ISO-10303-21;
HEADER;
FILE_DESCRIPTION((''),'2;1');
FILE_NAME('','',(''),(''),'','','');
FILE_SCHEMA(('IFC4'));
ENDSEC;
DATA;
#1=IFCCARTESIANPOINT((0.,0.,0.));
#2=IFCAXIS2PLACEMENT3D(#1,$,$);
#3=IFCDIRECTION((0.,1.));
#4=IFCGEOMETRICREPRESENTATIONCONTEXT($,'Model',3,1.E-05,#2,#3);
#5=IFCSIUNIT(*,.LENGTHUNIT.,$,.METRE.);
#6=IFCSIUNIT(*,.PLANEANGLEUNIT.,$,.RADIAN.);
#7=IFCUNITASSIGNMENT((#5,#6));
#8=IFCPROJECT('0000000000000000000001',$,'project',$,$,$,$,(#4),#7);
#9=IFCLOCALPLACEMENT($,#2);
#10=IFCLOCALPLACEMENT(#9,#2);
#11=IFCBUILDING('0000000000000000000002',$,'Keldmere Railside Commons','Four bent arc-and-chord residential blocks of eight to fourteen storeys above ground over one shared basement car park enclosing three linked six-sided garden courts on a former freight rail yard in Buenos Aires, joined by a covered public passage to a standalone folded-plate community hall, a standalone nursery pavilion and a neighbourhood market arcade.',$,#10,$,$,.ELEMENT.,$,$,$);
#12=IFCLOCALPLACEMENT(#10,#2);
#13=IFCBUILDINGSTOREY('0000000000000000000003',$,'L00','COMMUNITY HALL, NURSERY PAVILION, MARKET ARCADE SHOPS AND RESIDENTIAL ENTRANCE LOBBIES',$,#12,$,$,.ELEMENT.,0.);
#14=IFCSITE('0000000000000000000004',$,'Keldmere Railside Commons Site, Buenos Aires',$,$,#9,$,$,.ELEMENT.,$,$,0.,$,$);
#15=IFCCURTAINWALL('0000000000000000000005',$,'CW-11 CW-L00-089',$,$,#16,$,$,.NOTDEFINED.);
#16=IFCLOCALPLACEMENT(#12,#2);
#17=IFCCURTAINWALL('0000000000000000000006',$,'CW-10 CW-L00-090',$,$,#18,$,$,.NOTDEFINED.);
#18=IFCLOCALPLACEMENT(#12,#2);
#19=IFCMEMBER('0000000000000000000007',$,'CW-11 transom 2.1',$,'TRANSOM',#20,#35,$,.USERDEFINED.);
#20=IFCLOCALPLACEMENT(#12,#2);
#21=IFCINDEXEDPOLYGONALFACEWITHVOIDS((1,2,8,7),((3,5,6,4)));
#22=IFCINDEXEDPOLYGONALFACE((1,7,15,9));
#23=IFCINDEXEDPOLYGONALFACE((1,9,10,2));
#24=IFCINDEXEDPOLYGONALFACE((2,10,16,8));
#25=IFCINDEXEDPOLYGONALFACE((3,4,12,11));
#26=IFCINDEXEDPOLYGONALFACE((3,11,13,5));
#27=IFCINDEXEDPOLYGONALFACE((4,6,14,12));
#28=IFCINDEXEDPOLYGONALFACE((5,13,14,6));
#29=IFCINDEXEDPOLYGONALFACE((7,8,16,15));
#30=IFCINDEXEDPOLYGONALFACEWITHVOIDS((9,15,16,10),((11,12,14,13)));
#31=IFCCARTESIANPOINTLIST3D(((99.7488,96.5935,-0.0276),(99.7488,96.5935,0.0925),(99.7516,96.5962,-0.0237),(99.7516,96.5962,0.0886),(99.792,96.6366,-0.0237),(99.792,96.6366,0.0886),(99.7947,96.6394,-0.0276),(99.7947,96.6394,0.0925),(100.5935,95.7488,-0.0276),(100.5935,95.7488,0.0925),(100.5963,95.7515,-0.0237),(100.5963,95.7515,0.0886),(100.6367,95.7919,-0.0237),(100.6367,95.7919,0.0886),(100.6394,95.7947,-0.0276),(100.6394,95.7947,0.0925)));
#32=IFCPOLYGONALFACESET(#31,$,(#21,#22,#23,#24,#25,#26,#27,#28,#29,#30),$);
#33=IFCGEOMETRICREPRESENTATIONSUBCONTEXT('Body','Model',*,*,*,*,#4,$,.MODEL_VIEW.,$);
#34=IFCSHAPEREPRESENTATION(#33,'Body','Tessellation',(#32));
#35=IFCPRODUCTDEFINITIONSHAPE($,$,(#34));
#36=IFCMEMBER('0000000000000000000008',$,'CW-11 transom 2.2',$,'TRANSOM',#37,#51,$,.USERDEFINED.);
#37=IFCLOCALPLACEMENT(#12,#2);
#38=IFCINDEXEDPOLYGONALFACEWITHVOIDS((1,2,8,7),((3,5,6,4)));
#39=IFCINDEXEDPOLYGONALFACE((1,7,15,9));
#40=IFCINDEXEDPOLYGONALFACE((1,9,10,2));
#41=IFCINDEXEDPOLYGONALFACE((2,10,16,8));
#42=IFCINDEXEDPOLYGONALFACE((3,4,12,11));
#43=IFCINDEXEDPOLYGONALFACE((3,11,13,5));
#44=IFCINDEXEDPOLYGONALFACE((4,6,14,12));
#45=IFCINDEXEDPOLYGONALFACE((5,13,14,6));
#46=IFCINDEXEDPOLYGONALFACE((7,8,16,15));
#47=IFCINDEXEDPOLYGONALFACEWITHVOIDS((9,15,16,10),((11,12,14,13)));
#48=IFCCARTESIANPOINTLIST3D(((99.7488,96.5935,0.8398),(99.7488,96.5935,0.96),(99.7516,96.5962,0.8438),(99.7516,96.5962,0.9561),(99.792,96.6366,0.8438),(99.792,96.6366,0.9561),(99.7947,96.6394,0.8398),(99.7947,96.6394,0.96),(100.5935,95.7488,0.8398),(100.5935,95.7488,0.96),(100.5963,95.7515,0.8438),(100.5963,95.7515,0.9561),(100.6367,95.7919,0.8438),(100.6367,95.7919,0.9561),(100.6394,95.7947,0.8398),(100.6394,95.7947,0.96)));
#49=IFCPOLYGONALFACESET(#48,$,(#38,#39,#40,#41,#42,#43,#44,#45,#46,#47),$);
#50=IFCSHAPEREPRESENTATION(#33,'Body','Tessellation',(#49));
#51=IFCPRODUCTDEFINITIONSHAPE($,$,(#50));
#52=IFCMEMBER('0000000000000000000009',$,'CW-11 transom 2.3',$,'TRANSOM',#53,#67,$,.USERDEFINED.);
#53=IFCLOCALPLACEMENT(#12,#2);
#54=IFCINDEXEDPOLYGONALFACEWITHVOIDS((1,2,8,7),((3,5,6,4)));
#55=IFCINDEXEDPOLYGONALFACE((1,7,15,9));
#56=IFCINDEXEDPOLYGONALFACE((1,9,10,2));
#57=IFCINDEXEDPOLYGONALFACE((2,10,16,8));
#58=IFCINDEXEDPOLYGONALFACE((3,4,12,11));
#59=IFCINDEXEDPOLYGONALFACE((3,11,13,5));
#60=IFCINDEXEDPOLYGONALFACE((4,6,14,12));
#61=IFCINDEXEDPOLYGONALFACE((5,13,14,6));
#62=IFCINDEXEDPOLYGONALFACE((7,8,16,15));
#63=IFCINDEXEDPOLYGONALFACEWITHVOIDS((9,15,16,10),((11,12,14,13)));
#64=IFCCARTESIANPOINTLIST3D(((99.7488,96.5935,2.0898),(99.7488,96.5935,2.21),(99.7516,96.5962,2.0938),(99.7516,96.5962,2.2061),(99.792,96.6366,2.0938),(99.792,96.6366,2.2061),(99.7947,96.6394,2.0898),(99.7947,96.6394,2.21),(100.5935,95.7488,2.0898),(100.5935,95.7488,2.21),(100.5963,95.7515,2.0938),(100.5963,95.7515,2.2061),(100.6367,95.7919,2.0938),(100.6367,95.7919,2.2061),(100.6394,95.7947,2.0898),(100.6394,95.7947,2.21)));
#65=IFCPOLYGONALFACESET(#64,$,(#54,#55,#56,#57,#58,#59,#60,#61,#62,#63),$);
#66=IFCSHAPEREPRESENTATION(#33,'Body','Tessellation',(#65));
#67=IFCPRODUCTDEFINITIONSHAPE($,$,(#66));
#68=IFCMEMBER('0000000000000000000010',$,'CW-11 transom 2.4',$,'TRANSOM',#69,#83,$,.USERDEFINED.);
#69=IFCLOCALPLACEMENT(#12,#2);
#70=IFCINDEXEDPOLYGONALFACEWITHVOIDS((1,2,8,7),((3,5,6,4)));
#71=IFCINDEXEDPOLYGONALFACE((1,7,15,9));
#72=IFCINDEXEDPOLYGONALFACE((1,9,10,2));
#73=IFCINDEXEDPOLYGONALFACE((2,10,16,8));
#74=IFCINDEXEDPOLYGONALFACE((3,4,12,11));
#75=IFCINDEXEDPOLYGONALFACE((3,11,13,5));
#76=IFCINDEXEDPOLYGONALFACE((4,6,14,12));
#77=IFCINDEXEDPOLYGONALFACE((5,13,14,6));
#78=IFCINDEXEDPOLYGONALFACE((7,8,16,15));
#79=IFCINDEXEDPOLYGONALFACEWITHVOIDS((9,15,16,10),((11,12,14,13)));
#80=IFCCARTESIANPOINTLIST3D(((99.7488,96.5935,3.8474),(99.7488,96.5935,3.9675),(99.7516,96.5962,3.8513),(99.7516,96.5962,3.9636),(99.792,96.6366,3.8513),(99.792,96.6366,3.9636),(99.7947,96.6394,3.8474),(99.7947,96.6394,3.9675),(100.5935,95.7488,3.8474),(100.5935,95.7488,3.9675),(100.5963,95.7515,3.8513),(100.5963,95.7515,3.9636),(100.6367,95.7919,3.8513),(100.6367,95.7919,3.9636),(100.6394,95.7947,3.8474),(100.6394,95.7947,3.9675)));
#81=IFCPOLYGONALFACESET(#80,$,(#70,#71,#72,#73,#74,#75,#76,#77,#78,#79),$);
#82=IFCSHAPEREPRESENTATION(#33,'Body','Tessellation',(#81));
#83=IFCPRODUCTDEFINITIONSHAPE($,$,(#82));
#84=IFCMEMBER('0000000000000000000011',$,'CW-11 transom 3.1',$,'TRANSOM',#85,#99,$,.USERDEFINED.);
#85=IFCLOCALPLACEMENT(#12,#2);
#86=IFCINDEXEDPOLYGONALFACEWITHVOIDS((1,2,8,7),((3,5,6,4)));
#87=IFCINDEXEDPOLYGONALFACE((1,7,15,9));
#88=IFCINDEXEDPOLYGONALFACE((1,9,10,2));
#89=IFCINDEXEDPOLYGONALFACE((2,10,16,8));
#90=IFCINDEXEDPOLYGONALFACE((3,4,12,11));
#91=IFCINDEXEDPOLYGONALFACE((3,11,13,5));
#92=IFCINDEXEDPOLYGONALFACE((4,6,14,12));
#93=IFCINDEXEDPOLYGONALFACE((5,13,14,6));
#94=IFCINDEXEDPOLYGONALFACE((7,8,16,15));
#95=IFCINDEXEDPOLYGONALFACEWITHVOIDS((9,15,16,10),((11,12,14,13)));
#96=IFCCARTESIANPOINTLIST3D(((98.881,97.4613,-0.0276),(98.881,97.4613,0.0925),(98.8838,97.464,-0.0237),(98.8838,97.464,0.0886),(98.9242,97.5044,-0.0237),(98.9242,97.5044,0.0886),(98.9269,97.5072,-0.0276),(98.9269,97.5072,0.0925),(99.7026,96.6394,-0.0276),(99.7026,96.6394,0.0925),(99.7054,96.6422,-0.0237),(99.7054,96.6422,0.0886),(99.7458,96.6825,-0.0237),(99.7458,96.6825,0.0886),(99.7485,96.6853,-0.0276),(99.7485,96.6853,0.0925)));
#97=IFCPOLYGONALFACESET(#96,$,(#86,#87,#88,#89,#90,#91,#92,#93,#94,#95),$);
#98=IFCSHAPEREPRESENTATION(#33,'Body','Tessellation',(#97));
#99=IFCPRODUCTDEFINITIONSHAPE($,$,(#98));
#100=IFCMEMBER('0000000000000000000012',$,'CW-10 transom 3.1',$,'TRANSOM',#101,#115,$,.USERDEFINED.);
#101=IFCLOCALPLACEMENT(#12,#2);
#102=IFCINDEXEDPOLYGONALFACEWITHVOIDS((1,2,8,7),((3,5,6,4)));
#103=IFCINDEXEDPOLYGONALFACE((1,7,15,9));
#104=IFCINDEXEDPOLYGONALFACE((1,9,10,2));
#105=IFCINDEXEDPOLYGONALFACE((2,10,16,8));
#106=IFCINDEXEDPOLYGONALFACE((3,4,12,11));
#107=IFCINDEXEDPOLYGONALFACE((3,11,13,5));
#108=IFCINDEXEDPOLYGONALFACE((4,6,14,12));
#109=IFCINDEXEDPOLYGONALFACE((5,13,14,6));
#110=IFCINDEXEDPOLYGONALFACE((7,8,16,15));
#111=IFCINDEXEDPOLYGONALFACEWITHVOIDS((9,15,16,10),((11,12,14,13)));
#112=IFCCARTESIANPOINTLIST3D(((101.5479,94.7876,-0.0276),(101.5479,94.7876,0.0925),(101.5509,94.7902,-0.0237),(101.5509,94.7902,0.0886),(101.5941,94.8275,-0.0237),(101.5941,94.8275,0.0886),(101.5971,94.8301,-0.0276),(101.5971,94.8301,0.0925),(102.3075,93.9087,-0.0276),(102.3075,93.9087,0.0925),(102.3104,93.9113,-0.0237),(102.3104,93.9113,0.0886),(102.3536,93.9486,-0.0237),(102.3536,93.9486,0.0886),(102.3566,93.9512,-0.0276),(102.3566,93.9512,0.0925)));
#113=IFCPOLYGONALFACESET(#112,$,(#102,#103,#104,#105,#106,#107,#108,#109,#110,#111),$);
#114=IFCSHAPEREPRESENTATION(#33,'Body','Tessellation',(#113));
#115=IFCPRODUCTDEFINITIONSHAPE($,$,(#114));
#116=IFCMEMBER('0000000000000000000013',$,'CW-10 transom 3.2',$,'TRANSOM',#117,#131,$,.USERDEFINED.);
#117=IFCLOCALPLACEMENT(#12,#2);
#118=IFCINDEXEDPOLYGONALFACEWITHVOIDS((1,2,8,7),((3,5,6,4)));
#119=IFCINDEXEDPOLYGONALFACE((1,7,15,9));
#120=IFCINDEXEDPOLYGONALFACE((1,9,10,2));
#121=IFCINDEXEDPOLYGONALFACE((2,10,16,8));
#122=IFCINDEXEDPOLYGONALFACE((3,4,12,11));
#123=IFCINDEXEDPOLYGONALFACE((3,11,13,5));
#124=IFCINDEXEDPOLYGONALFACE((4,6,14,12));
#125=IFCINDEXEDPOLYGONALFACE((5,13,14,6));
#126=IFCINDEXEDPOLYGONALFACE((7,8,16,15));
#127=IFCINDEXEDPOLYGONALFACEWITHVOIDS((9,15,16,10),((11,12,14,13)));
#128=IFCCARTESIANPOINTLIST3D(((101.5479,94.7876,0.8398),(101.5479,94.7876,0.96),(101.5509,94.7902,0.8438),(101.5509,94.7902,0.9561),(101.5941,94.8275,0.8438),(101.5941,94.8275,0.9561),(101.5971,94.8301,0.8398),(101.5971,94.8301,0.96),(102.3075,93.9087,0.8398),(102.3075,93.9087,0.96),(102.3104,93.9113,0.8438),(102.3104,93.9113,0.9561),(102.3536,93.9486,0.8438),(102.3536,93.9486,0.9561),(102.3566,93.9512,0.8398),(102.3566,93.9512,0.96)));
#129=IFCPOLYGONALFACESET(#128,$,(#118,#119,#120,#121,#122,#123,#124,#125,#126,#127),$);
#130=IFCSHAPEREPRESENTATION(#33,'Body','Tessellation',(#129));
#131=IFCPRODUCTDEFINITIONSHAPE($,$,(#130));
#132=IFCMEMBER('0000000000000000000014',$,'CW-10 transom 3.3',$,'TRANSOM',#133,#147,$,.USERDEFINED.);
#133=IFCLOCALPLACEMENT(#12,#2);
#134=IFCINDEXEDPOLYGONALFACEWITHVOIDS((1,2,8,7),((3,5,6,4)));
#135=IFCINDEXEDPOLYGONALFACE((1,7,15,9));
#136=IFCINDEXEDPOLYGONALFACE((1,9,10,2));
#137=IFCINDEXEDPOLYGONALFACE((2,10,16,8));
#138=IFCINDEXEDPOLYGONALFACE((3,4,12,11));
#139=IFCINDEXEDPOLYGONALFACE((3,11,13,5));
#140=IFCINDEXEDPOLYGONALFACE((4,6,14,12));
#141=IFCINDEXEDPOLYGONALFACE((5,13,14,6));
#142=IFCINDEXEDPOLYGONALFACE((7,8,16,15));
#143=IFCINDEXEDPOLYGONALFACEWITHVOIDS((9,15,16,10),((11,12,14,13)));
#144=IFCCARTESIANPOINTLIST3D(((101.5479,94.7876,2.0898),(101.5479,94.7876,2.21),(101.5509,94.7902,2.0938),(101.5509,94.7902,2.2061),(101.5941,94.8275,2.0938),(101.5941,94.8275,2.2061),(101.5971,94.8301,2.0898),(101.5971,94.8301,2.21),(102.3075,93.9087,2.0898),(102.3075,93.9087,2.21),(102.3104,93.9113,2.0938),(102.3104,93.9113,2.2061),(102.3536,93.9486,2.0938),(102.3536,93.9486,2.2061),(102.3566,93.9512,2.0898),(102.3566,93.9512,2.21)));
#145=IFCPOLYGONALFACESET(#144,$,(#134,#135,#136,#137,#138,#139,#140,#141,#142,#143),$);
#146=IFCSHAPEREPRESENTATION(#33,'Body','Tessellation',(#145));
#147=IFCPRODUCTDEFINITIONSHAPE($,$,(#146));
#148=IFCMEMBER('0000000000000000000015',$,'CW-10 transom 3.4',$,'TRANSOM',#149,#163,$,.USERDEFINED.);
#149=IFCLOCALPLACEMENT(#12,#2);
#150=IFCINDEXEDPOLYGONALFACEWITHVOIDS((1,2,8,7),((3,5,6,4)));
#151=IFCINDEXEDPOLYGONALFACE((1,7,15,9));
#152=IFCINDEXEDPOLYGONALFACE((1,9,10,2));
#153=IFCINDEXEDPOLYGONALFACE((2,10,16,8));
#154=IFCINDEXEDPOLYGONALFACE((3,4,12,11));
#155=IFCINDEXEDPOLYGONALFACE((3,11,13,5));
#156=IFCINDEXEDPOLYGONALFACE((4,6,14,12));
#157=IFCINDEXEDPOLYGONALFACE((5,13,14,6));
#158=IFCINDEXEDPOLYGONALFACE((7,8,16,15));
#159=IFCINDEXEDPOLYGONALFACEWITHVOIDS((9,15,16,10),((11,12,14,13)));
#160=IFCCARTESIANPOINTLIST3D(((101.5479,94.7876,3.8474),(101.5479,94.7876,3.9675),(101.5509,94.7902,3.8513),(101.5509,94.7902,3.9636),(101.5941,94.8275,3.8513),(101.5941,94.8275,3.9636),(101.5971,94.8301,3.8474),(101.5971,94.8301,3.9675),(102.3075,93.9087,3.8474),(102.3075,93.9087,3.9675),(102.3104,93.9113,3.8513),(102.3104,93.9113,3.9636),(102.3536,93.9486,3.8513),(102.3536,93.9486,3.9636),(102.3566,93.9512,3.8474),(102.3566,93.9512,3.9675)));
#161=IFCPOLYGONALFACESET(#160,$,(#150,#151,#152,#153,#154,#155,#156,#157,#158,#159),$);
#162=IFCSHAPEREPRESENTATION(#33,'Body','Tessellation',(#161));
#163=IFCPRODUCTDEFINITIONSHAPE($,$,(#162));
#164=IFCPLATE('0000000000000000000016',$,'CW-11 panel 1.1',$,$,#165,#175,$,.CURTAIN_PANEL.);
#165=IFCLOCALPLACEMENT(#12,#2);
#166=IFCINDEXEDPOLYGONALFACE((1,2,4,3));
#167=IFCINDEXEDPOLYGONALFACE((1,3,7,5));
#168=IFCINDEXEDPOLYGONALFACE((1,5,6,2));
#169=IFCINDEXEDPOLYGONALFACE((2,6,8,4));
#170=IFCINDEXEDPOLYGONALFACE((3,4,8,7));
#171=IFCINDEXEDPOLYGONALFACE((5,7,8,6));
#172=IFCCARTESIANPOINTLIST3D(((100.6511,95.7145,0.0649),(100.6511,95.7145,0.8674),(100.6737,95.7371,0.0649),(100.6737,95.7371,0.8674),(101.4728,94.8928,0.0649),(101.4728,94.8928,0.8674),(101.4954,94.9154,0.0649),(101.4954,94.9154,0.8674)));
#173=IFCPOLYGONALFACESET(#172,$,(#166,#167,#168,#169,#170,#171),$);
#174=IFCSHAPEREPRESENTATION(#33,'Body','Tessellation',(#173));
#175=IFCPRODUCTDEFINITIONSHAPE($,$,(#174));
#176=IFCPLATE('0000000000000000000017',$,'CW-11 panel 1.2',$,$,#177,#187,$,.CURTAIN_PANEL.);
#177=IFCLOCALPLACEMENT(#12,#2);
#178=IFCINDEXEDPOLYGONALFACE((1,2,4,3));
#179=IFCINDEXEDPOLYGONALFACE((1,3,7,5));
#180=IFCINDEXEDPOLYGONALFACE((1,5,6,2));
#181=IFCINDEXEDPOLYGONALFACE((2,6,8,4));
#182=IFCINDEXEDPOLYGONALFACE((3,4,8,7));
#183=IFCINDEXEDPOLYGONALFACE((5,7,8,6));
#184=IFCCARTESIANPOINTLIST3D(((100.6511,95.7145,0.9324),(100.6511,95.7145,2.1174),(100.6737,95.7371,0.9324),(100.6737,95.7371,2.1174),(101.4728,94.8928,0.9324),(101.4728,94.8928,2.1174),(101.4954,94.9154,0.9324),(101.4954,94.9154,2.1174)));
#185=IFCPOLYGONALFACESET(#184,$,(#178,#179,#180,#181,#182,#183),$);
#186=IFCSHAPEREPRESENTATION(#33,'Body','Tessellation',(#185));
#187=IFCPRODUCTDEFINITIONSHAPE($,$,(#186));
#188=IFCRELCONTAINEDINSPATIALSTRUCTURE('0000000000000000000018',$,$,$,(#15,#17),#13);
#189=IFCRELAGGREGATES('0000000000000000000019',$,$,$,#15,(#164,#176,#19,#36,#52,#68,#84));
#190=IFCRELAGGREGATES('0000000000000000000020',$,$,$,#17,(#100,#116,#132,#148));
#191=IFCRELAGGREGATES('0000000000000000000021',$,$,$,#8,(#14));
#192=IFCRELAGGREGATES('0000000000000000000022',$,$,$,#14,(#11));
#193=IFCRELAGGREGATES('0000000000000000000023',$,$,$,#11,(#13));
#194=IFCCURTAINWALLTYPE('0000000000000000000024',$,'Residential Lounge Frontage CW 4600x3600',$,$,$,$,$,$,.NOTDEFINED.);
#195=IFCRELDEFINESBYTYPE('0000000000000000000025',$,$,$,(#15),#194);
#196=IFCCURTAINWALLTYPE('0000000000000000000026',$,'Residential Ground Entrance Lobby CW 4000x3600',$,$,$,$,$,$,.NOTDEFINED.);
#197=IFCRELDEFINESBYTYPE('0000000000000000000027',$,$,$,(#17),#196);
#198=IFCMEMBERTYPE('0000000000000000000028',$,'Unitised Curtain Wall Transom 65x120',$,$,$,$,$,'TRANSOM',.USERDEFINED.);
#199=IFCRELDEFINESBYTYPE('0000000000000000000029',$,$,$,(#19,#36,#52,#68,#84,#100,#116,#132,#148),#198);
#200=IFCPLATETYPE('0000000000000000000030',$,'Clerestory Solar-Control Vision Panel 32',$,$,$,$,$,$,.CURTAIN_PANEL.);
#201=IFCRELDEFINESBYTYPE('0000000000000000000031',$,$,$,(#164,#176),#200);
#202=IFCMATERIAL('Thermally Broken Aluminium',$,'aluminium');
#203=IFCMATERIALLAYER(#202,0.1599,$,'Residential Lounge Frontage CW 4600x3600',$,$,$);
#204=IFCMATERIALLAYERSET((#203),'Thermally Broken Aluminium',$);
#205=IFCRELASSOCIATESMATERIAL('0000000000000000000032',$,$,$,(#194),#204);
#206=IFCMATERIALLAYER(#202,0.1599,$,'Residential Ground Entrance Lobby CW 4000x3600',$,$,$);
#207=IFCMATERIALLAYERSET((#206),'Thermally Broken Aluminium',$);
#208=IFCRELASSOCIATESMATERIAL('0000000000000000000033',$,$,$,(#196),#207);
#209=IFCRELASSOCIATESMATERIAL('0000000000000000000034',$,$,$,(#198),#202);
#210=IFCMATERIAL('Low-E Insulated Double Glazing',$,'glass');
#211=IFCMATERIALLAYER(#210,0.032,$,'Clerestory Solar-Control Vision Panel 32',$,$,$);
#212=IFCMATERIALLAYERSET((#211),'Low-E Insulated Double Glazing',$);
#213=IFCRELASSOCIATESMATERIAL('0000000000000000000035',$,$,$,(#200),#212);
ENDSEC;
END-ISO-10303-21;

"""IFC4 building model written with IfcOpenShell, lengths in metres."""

from ifc_helpers import new_model, si_unit, direction, frame, origin, origin_2d, place, context, subcontext, project, spatial, rectangle, hollow_rectangle, extrude, material, layer, layer_set, material_profile, profile_set, type_object, element, aggregate, save


model = new_model("IFC4")

# Units and contexts
model_context = context("Model", 3, precision=1e-05, world=origin(), true_north=direction((0.0, 1.0)))
body_context = subcontext(model_context, "Body", "Model", "MODEL_VIEW")
ifc_project = project(units=[si_unit("LENGTHUNIT", "METRE"), si_unit("PLANEANGLEUNIT", "RADIAN")], contexts=[model_context])

# Site, building, storey
site_placement = place(None, origin())
site = spatial("IfcSite", under=ifc_project, at=site_placement, Name="Keldmere Railside Commons Site, Buenos Aires", CompositionType="ELEMENT", RefElevation=0.0)
building_placement = place(site_placement, origin())
building = spatial("IfcBuilding", under=site, at=building_placement, Name="Keldmere Railside Commons", Description="Four bent arc-and-chord residential blocks of eight to fourteen storeys above ground over one shared basement car park enclosing three linked six-sided garden courts on a former freight rail yard in Buenos Aires, joined by a covered public passage to a standalone folded-plate community hall, a standalone nursery pavilion and a neighbourhood market arcade.", CompositionType="ELEMENT")
storey_placement = place(building_placement, origin())
storey = spatial("IfcBuildingStorey", under=building, at=storey_placement, Name="L00", Description="COMMUNITY HALL, NURSERY PAVILION, MARKET ARCADE SHOPS AND RESIDENTIAL ENTRANCE LOBBIES", CompositionType="ELEMENT", Elevation=0.0)

# Curtain walls
ifc_material_1 = material(Name="Thermally Broken Aluminium", Category="aluminium")
ifc_layer_1 = layer(ifc_material_1, 0.1599, Name="Residential Lounge Frontage CW 4600x3600")
ifc_layer_set_1 = layer_set([ifc_layer_1], Name="Thermally Broken Aluminium")
curtain_wall_type_1 = type_object("IfcCurtainWallType", Name="Residential Lounge Frontage CW 4600x3600", PredefinedType="NOTDEFINED", material=ifc_layer_set_1)
curtain_wall_1_placement = place(storey_placement, origin())
curtain_wall_1 = element("IfcCurtainWall", 1, at=curtain_wall_1_placement, inside=storey, type_object=curtain_wall_type_1, Name="CW-11 CW-L00-089", PredefinedType="NOTDEFINED")
ifc_layer_2 = layer(ifc_material_1, 0.1599, Name="Residential Ground Entrance Lobby CW 4000x3600")
ifc_layer_set_2 = layer_set([ifc_layer_2], Name="Thermally Broken Aluminium")
curtain_wall_type_2 = type_object("IfcCurtainWallType", Name="Residential Ground Entrance Lobby CW 4000x3600", PredefinedType="NOTDEFINED", material=ifc_layer_set_2)
curtain_wall_2_placement = place(storey_placement, origin())
curtain_wall_2 = element("IfcCurtainWall", 2, at=curtain_wall_2_placement, inside=storey, type_object=curtain_wall_type_2, Name="CW-10 CW-L00-090", PredefinedType="NOTDEFINED")

# Members
ifc_material_profile_1 = material_profile(ifc_material_1, hollow_rectangle(XDim=0.0649, YDim=0.1201, WallThickness=0.0039, at=origin_2d()), Name="ALU-TRAN-65x120")
ifc_profile_set_1 = profile_set([ifc_material_profile_1], Name="Thermally Broken Aluminium")
member_type_1 = type_object("IfcMemberType", Name="Unitised Curtain Wall Transom 65x120", ElementType="TRANSOM", PredefinedType="USERDEFINED", material=ifc_profile_set_1)
member_1_placement = place(storey_placement, frame((100.6165, 95.7717, 0.0325), z_axis=(-0.707107, 0.707107, 0.0), x_axis=(-0.707107, -0.707107, 0.0)))
member_1 = element("IfcMember", 3, at=member_1_placement, type_object=member_type_1, Name="CW-11 transom 2.1", ObjectType="TRANSOM", PredefinedType="USERDEFINED", context=body_context, shape_type="SweptSolid", body=[
    extrude(hollow_rectangle(XDim=0.0649, YDim=0.1201, WallThickness=0.0039, at=origin_2d()), origin(), (0.0, 0.0, 1.0), 1.1946),
])
member_2_placement = place(storey_placement, frame((100.6165, 95.7717, 0.8999), z_axis=(-0.707107, 0.707107, 0.0), x_axis=(-0.707107, -0.707107, 0.0)))
member_2 = element("IfcMember", 4, at=member_2_placement, type_object=member_type_1, Name="CW-11 transom 2.2", ObjectType="TRANSOM", PredefinedType="USERDEFINED", context=body_context, shape_type="SweptSolid", body=[
    extrude(hollow_rectangle(XDim=0.0649, YDim=0.1201, WallThickness=0.0039, at=origin_2d()), origin(), (0.0, 0.0, 1.0), 1.1946),
])
member_3_placement = place(storey_placement, frame((100.6165, 95.7717, 2.1499), z_axis=(-0.707107, 0.707107, 0.0), x_axis=(-0.707107, -0.707107, 0.0)))
member_3 = element("IfcMember", 5, at=member_3_placement, type_object=member_type_1, Name="CW-11 transom 2.3", ObjectType="TRANSOM", PredefinedType="USERDEFINED", context=body_context, shape_type="SweptSolid", body=[
    extrude(hollow_rectangle(XDim=0.0649, YDim=0.1201, WallThickness=0.0039, at=origin_2d()), origin(), (0.0, 0.0, 1.0), 1.1946),
])
member_4_placement = place(storey_placement, frame((100.6165, 95.7717, 3.9075), z_axis=(-0.707107, 0.707107, 0.0), x_axis=(-0.707107, -0.707107, 0.0)))
member_4 = element("IfcMember", 6, at=member_4_placement, type_object=member_type_1, Name="CW-11 transom 2.4", ObjectType="TRANSOM", PredefinedType="USERDEFINED", context=body_context, shape_type="SweptSolid", body=[
    extrude(hollow_rectangle(XDim=0.0649, YDim=0.1201, WallThickness=0.0039, at=origin_2d()), origin(), (0.0, 0.0, 1.0), 1.1946),
])
member_5_placement = place(storey_placement, frame((99.7256, 96.6624, 0.0325), z_axis=(-0.707002, 0.707212, 0.0), x_axis=(-0.707212, -0.707002, 0.0)))
member_5 = element("IfcMember", 7, at=member_5_placement, type_object=member_type_1, Name="CW-11 transom 3.1", ObjectType="TRANSOM", PredefinedType="USERDEFINED", context=body_context, shape_type="SweptSolid", body=[
    extrude(hollow_rectangle(XDim=0.0649, YDim=0.1201, WallThickness=0.0039, at=origin_2d()), origin(), (0.0, 0.0, 1.0), 1.1621),
])
member_6_placement = place(storey_placement, frame((102.332, 93.9299, 0.0325), z_axis=(-0.65385, 0.756624, 0.0), x_axis=(-0.756624, -0.65385, 0.0)))
member_6 = element("IfcMember", 8, at=member_6_placement, type_object=member_type_1, Name="CW-10 transom 3.1", ObjectType="TRANSOM", PredefinedType="USERDEFINED", context=body_context, shape_type="SweptSolid", body=[
    extrude(hollow_rectangle(XDim=0.0649, YDim=0.1201, WallThickness=0.0039, at=origin_2d()), origin(), (0.0, 0.0, 1.0), 1.1616),
])
member_7_placement = place(storey_placement, frame((102.332, 93.9299, 0.8999), z_axis=(-0.65385, 0.756624, 0.0), x_axis=(-0.756624, -0.65385, 0.0)))
member_7 = element("IfcMember", 9, at=member_7_placement, type_object=member_type_1, Name="CW-10 transom 3.2", ObjectType="TRANSOM", PredefinedType="USERDEFINED", context=body_context, shape_type="SweptSolid", body=[
    extrude(hollow_rectangle(XDim=0.0649, YDim=0.1201, WallThickness=0.0039, at=origin_2d()), origin(), (0.0, 0.0, 1.0), 1.1616),
])
member_8_placement = place(storey_placement, frame((102.332, 93.9299, 2.1499), z_axis=(-0.65385, 0.756624, 0.0), x_axis=(-0.756624, -0.65385, 0.0)))
member_8 = element("IfcMember", 10, at=member_8_placement, type_object=member_type_1, Name="CW-10 transom 3.3", ObjectType="TRANSOM", PredefinedType="USERDEFINED", context=body_context, shape_type="SweptSolid", body=[
    extrude(hollow_rectangle(XDim=0.0649, YDim=0.1201, WallThickness=0.0039, at=origin_2d()), origin(), (0.0, 0.0, 1.0), 1.1616),
])
member_9_placement = place(storey_placement, frame((102.332, 93.9299, 3.9075), z_axis=(-0.65385, 0.756624, 0.0), x_axis=(-0.756624, -0.65385, 0.0)))
member_9 = element("IfcMember", 11, at=member_9_placement, type_object=member_type_1, Name="CW-10 transom 3.4", ObjectType="TRANSOM", PredefinedType="USERDEFINED", context=body_context, shape_type="SweptSolid", body=[
    extrude(hollow_rectangle(XDim=0.0649, YDim=0.1201, WallThickness=0.0039, at=origin_2d()), origin(), (0.0, 0.0, 1.0), 1.1616),
])

# Plates
ifc_material_2 = material(Name="Low-E Insulated Double Glazing", Category="glass")
ifc_layer_3 = layer(ifc_material_2, 0.032, Name="Clerestory Solar-Control Vision Panel 32")
ifc_layer_set_3 = layer_set([ifc_layer_3], Name="Low-E Insulated Double Glazing")
plate_type_1 = type_object("IfcPlateType", Name="Clerestory Solar-Control Vision Panel 32", PredefinedType="CURTAIN_PANEL", material=ifc_layer_set_3)
plate_1_placement = place(storey_placement, frame((101.0732, 95.3149, 0.0649), z_axis=(0.0, 0.0, 1.0), x_axis=(-0.707107, 0.707107, 0.0)))
plate_1 = element("IfcPlate", 12, at=plate_1_placement, type_object=plate_type_1, Name="CW-11 panel 1.1", PredefinedType="CURTAIN_PANEL", context=body_context, shape_type="SweptSolid", body=[
    extrude(rectangle(XDim=1.1621, YDim=0.032, at=origin_2d()), origin(), (0.0, 0.0, 1.0), 0.8025),
])
plate_2_placement = place(storey_placement, frame((101.0732, 95.3149, 0.9324), z_axis=(0.0, 0.0, 1.0), x_axis=(-0.707107, 0.707107, 0.0)))
plate_2 = element("IfcPlate", 13, at=plate_2_placement, type_object=plate_type_1, Name="CW-11 panel 1.2", PredefinedType="CURTAIN_PANEL", context=body_context, shape_type="SweptSolid", body=[
    extrude(rectangle(XDim=1.1621, YDim=0.032, at=origin_2d()), origin(), (0.0, 0.0, 1.0), 1.1851),
])
aggregate(curtain_wall_1, [plate_1, plate_2, member_1, member_2, member_3, member_4, member_5])
aggregate(curtain_wall_2, [member_6, member_7, member_8, member_9])

save(model, "model.ifc")
